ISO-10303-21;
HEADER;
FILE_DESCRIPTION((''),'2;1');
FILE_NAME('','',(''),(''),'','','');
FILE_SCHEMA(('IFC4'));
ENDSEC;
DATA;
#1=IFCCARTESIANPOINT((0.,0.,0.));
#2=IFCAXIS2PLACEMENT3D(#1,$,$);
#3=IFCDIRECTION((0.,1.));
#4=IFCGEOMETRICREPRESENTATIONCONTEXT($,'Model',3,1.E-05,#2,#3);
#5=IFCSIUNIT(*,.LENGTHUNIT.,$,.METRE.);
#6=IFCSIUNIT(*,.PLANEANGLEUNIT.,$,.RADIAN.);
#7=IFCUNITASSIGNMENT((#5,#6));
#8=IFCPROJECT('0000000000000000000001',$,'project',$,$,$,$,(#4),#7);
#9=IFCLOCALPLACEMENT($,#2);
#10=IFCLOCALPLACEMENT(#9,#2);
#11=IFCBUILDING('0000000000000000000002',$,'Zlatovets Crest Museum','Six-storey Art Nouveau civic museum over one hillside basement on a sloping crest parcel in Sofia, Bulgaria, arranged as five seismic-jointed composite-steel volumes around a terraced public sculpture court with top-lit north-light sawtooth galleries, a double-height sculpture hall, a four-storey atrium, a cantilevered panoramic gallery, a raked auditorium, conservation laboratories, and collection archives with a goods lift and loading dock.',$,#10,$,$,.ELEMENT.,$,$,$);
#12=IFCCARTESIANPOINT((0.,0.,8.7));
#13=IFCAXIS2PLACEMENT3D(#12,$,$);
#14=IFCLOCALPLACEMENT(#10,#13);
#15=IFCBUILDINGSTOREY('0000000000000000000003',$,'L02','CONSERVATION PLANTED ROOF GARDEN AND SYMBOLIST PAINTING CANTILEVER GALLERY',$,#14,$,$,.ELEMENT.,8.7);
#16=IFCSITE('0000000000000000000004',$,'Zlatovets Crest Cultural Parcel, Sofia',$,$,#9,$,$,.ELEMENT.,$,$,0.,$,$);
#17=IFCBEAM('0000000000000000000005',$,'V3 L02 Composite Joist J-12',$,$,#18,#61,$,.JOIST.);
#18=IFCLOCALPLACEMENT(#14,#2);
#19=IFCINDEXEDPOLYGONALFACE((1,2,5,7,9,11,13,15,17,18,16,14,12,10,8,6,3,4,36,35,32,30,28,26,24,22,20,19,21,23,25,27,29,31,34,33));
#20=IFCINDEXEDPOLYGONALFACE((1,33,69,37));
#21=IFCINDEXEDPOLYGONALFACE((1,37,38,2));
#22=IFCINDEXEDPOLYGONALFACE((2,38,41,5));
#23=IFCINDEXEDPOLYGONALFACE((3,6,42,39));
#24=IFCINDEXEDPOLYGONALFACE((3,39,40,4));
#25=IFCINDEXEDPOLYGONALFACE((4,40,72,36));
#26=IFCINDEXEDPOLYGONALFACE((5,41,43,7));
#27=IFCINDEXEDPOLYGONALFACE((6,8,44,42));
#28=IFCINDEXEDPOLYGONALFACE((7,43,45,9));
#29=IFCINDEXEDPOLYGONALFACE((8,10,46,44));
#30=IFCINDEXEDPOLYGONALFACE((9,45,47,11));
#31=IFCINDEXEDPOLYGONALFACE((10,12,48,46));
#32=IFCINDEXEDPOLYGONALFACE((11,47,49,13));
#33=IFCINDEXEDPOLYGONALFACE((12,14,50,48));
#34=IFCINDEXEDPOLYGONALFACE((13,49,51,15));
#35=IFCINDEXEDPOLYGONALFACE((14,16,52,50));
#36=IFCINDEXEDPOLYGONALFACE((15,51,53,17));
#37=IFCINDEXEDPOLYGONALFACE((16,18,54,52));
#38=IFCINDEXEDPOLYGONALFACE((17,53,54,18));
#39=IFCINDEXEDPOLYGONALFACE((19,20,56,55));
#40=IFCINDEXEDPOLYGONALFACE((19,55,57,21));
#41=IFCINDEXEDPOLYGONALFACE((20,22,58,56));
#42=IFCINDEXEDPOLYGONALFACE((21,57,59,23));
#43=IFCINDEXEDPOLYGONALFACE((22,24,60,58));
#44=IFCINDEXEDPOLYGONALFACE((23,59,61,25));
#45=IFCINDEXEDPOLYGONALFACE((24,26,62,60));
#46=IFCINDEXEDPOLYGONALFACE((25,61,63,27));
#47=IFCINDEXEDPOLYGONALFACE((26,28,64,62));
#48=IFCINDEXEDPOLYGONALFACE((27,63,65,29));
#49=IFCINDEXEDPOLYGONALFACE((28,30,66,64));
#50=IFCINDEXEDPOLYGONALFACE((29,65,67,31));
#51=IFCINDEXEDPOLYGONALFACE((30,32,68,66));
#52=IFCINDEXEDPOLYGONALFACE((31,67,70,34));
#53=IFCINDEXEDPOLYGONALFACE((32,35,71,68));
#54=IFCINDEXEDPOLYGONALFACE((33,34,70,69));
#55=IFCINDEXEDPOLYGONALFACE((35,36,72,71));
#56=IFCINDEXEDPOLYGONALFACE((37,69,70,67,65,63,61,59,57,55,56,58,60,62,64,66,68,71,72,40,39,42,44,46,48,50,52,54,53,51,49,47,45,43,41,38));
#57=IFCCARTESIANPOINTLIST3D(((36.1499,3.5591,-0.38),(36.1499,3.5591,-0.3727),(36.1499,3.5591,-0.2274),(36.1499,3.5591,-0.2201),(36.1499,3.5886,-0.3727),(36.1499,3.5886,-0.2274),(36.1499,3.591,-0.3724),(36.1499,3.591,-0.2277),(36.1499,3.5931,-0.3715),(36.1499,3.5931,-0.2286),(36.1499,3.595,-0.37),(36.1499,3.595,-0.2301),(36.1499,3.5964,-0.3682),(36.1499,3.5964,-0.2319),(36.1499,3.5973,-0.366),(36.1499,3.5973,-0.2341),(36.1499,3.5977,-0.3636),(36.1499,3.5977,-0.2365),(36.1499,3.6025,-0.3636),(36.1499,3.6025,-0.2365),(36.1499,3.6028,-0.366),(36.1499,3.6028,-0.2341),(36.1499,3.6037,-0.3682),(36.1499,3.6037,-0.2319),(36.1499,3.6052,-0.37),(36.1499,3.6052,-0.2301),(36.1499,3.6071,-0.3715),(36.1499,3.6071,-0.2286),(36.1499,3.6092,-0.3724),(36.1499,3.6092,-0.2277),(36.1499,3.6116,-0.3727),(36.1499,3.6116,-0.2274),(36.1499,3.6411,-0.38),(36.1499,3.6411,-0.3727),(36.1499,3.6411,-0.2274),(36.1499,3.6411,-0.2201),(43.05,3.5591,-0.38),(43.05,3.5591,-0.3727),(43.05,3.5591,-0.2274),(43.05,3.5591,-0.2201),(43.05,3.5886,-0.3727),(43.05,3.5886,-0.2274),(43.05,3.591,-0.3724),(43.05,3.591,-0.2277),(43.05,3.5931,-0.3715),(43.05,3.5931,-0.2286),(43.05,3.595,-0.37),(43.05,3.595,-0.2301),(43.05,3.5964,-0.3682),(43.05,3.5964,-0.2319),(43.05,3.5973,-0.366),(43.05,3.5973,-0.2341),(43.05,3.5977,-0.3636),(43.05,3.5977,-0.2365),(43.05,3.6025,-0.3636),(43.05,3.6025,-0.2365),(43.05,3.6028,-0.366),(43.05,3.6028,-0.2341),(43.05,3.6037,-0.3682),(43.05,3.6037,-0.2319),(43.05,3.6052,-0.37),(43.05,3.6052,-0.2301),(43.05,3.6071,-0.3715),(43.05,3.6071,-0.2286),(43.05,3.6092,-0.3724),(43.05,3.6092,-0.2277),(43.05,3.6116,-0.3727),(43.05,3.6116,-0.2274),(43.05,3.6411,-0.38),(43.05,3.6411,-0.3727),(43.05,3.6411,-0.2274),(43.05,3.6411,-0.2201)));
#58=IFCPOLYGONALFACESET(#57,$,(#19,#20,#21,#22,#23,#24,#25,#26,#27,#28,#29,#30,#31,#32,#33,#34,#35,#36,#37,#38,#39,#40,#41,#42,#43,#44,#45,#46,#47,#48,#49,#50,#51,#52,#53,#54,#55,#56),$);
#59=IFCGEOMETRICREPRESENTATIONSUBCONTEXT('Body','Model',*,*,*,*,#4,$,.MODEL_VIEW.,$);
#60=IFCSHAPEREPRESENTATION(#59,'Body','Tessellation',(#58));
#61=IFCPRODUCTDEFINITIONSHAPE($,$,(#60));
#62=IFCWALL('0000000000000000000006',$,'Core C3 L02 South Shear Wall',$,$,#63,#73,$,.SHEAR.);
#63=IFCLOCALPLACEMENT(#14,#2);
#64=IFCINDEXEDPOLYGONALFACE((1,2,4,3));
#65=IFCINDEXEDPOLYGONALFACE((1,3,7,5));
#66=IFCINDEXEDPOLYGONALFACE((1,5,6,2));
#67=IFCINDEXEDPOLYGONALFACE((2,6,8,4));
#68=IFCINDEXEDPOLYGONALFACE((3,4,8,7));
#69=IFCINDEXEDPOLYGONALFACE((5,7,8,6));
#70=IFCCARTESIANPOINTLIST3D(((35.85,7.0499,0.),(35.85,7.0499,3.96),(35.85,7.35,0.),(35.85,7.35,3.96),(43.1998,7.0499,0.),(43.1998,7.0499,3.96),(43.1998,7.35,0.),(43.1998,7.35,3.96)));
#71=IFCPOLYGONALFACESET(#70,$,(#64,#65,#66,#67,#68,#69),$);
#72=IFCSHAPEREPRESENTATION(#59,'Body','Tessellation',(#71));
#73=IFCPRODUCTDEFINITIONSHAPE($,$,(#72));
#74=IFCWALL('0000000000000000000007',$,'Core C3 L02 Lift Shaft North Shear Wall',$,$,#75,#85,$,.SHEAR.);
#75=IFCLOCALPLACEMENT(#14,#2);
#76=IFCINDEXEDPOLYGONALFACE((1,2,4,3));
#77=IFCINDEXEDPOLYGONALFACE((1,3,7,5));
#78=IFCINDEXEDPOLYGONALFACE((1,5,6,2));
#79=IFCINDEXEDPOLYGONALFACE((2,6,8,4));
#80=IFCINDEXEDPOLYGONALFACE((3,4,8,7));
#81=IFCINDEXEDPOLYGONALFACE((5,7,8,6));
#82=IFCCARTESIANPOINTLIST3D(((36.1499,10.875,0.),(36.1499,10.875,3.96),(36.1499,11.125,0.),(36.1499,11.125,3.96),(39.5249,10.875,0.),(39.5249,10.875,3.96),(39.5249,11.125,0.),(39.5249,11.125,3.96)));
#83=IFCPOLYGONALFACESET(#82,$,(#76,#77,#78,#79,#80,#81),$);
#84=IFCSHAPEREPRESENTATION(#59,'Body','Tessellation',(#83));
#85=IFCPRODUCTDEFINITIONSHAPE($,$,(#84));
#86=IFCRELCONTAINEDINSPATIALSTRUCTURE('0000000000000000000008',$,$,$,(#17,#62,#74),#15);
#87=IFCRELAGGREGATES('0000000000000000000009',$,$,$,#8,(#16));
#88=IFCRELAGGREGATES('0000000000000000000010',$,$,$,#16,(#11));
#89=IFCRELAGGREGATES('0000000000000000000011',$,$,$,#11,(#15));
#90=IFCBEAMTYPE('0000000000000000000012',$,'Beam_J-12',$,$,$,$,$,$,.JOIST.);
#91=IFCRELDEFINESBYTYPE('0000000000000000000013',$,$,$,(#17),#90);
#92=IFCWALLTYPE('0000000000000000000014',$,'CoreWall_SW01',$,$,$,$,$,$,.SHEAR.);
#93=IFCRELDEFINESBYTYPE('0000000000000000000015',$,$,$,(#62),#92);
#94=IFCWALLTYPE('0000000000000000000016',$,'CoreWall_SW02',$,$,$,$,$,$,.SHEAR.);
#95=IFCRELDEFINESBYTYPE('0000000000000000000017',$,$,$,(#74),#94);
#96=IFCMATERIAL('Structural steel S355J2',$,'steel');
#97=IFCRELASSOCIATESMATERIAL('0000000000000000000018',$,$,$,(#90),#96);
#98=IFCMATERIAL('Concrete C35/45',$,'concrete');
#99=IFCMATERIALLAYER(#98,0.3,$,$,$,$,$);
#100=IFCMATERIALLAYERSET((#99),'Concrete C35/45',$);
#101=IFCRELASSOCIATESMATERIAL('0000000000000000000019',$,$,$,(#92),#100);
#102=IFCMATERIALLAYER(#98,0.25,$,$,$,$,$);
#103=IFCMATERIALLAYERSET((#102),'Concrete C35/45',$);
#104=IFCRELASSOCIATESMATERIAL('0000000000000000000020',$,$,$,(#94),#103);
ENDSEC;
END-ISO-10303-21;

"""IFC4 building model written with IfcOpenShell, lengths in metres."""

from ifc_helpers import new_model, si_unit, direction, frame, frame_2d, origin, origin_2d, place, context, subcontext, project, spatial, rectangle, i_section, extrude, material, layer, layer_set, material_profile, profile_set, type_object, element, save


model = new_model("IFC4")

# Units and contexts
model_context = context("Model", 3, precision=1e-05, world=origin(), true_north=direction((0.0, 1.0)))
body_context = subcontext(model_context, "Body", "Model", "MODEL_VIEW")
ifc_project = project(units=[si_unit("LENGTHUNIT", "METRE"), si_unit("PLANEANGLEUNIT", "RADIAN")], contexts=[model_context])

# Site, building, storey
site_placement = place(None, origin())
site = spatial("IfcSite", under=ifc_project, at=site_placement, Name="Zlatovets Crest Cultural Parcel, Sofia", CompositionType="ELEMENT", RefElevation=0.0)
building_placement = place(site_placement, origin())
building = spatial("IfcBuilding", under=site, at=building_placement, Name="Zlatovets Crest Museum", Description="Six-storey Art Nouveau civic museum over one hillside basement on a sloping crest parcel in Sofia, Bulgaria, arranged as five seismic-jointed composite-steel volumes around a terraced public sculpture court with top-lit north-light sawtooth galleries, a double-height sculpture hall, a four-storey atrium, a cantilevered panoramic gallery, a raked auditorium, conservation laboratories, and collection archives with a goods lift and loading dock.", CompositionType="ELEMENT")
storey_placement = place(building_placement, frame((0.0, 0.0, 8.7)))
storey = spatial("IfcBuildingStorey", under=building, at=storey_placement, Name="L02", Description="CONSERVATION PLANTED ROOF GARDEN AND SYMBOLIST PAINTING CANTILEVER GALLERY", CompositionType="ELEMENT", Elevation=8.7)

# Shared definitions
ifc_material_1 = material(Name="Structural steel S355J2", Category="steel")

# Beam
ifc_material_profile_1 = material_profile(ifc_material_1, i_section(OverallWidth=0.082, OverallDepth=0.1599, WebThickness=0.0049, FlangeThickness=0.0073, FilletRadius=0.009, at=origin_2d()), Name="IPE 160")
ifc_profile_set_1 = profile_set([ifc_material_profile_1], Name="Structural steel S355J2")
beam_type_1 = type_object("IfcBeamType", Name="Beam_J-12", PredefinedType="JOIST", material=ifc_profile_set_1)
for number, where, z_axis, x_axis, name in (
    (1, (36.1499, 3.6001, -0.3), (1.0, 0.0, 0.0), (0.0, 1.0, 0.0), "V3 L02 Composite Joist J-12"),
):
    element("IfcBeam", number, at=place(storey_placement, frame(where, z_axis=z_axis, x_axis=x_axis)), inside=storey, type_object=beam_type_1, Name=name, PredefinedType="JOIST", context=body_context, shape_type="SweptSolid", body=[
        extrude(i_section(OverallWidth=0.082, OverallDepth=0.1599, WebThickness=0.0049, FlangeThickness=0.0073, FilletRadius=0.009, at=origin_2d()), origin(), (0.0, 0.0, 1.0), 6.9001),
    ])

# Wall
ifc_material_2 = material(Name="Concrete C35/45", Category="concrete")
ifc_layer_1 = layer(ifc_material_2, 0.3)
ifc_layer_set_1 = layer_set([ifc_layer_1], Name="Concrete C35/45")
wall_type_1 = type_object("IfcWallType", Name="CoreWall_SW01", PredefinedType="SHEAR", material=ifc_layer_set_1)
wall_1_placement = place(storey_placement, frame((35.8501, 7.2, 0.0), z_axis=(0.0, 0.0, 1.0), x_axis=(1.0, 0.0, 0.0)))
element("IfcWall", 2, at=wall_1_placement, inside=storey, type_object=wall_type_1, Name="Core C3 L02 South Shear Wall", PredefinedType="SHEAR", context=body_context, shape_type="SweptSolid", body=[
    extrude(rectangle(XDim=7.3499, YDim=0.3, at=frame_2d((3.6748, 0.0))), origin(), (0.0, 0.0, 1.0), 3.96),
])

# Wall
ifc_layer_2 = layer(ifc_material_2, 0.25)
ifc_layer_set_2 = layer_set([ifc_layer_2], Name="Concrete C35/45")
wall_type_2 = type_object("IfcWallType", Name="CoreWall_SW02", PredefinedType="SHEAR", material=ifc_layer_set_2)
wall_2_placement = place(storey_placement, frame((36.1499, 11.0, 0.0), z_axis=(0.0, 0.0, 1.0), x_axis=(1.0, 0.0, 0.0)))
element("IfcWall", 3, at=wall_2_placement, inside=storey, type_object=wall_type_2, Name="Core C3 L02 Lift Shaft North Shear Wall", PredefinedType="SHEAR", context=body_context, shape_type="SweptSolid", body=[
    extrude(rectangle(XDim=3.375, YDim=0.25, at=frame_2d((1.6875, 0.0))), origin(), (0.0, 0.0, 1.0), 3.96),
])

save(model, "model.ifc")
